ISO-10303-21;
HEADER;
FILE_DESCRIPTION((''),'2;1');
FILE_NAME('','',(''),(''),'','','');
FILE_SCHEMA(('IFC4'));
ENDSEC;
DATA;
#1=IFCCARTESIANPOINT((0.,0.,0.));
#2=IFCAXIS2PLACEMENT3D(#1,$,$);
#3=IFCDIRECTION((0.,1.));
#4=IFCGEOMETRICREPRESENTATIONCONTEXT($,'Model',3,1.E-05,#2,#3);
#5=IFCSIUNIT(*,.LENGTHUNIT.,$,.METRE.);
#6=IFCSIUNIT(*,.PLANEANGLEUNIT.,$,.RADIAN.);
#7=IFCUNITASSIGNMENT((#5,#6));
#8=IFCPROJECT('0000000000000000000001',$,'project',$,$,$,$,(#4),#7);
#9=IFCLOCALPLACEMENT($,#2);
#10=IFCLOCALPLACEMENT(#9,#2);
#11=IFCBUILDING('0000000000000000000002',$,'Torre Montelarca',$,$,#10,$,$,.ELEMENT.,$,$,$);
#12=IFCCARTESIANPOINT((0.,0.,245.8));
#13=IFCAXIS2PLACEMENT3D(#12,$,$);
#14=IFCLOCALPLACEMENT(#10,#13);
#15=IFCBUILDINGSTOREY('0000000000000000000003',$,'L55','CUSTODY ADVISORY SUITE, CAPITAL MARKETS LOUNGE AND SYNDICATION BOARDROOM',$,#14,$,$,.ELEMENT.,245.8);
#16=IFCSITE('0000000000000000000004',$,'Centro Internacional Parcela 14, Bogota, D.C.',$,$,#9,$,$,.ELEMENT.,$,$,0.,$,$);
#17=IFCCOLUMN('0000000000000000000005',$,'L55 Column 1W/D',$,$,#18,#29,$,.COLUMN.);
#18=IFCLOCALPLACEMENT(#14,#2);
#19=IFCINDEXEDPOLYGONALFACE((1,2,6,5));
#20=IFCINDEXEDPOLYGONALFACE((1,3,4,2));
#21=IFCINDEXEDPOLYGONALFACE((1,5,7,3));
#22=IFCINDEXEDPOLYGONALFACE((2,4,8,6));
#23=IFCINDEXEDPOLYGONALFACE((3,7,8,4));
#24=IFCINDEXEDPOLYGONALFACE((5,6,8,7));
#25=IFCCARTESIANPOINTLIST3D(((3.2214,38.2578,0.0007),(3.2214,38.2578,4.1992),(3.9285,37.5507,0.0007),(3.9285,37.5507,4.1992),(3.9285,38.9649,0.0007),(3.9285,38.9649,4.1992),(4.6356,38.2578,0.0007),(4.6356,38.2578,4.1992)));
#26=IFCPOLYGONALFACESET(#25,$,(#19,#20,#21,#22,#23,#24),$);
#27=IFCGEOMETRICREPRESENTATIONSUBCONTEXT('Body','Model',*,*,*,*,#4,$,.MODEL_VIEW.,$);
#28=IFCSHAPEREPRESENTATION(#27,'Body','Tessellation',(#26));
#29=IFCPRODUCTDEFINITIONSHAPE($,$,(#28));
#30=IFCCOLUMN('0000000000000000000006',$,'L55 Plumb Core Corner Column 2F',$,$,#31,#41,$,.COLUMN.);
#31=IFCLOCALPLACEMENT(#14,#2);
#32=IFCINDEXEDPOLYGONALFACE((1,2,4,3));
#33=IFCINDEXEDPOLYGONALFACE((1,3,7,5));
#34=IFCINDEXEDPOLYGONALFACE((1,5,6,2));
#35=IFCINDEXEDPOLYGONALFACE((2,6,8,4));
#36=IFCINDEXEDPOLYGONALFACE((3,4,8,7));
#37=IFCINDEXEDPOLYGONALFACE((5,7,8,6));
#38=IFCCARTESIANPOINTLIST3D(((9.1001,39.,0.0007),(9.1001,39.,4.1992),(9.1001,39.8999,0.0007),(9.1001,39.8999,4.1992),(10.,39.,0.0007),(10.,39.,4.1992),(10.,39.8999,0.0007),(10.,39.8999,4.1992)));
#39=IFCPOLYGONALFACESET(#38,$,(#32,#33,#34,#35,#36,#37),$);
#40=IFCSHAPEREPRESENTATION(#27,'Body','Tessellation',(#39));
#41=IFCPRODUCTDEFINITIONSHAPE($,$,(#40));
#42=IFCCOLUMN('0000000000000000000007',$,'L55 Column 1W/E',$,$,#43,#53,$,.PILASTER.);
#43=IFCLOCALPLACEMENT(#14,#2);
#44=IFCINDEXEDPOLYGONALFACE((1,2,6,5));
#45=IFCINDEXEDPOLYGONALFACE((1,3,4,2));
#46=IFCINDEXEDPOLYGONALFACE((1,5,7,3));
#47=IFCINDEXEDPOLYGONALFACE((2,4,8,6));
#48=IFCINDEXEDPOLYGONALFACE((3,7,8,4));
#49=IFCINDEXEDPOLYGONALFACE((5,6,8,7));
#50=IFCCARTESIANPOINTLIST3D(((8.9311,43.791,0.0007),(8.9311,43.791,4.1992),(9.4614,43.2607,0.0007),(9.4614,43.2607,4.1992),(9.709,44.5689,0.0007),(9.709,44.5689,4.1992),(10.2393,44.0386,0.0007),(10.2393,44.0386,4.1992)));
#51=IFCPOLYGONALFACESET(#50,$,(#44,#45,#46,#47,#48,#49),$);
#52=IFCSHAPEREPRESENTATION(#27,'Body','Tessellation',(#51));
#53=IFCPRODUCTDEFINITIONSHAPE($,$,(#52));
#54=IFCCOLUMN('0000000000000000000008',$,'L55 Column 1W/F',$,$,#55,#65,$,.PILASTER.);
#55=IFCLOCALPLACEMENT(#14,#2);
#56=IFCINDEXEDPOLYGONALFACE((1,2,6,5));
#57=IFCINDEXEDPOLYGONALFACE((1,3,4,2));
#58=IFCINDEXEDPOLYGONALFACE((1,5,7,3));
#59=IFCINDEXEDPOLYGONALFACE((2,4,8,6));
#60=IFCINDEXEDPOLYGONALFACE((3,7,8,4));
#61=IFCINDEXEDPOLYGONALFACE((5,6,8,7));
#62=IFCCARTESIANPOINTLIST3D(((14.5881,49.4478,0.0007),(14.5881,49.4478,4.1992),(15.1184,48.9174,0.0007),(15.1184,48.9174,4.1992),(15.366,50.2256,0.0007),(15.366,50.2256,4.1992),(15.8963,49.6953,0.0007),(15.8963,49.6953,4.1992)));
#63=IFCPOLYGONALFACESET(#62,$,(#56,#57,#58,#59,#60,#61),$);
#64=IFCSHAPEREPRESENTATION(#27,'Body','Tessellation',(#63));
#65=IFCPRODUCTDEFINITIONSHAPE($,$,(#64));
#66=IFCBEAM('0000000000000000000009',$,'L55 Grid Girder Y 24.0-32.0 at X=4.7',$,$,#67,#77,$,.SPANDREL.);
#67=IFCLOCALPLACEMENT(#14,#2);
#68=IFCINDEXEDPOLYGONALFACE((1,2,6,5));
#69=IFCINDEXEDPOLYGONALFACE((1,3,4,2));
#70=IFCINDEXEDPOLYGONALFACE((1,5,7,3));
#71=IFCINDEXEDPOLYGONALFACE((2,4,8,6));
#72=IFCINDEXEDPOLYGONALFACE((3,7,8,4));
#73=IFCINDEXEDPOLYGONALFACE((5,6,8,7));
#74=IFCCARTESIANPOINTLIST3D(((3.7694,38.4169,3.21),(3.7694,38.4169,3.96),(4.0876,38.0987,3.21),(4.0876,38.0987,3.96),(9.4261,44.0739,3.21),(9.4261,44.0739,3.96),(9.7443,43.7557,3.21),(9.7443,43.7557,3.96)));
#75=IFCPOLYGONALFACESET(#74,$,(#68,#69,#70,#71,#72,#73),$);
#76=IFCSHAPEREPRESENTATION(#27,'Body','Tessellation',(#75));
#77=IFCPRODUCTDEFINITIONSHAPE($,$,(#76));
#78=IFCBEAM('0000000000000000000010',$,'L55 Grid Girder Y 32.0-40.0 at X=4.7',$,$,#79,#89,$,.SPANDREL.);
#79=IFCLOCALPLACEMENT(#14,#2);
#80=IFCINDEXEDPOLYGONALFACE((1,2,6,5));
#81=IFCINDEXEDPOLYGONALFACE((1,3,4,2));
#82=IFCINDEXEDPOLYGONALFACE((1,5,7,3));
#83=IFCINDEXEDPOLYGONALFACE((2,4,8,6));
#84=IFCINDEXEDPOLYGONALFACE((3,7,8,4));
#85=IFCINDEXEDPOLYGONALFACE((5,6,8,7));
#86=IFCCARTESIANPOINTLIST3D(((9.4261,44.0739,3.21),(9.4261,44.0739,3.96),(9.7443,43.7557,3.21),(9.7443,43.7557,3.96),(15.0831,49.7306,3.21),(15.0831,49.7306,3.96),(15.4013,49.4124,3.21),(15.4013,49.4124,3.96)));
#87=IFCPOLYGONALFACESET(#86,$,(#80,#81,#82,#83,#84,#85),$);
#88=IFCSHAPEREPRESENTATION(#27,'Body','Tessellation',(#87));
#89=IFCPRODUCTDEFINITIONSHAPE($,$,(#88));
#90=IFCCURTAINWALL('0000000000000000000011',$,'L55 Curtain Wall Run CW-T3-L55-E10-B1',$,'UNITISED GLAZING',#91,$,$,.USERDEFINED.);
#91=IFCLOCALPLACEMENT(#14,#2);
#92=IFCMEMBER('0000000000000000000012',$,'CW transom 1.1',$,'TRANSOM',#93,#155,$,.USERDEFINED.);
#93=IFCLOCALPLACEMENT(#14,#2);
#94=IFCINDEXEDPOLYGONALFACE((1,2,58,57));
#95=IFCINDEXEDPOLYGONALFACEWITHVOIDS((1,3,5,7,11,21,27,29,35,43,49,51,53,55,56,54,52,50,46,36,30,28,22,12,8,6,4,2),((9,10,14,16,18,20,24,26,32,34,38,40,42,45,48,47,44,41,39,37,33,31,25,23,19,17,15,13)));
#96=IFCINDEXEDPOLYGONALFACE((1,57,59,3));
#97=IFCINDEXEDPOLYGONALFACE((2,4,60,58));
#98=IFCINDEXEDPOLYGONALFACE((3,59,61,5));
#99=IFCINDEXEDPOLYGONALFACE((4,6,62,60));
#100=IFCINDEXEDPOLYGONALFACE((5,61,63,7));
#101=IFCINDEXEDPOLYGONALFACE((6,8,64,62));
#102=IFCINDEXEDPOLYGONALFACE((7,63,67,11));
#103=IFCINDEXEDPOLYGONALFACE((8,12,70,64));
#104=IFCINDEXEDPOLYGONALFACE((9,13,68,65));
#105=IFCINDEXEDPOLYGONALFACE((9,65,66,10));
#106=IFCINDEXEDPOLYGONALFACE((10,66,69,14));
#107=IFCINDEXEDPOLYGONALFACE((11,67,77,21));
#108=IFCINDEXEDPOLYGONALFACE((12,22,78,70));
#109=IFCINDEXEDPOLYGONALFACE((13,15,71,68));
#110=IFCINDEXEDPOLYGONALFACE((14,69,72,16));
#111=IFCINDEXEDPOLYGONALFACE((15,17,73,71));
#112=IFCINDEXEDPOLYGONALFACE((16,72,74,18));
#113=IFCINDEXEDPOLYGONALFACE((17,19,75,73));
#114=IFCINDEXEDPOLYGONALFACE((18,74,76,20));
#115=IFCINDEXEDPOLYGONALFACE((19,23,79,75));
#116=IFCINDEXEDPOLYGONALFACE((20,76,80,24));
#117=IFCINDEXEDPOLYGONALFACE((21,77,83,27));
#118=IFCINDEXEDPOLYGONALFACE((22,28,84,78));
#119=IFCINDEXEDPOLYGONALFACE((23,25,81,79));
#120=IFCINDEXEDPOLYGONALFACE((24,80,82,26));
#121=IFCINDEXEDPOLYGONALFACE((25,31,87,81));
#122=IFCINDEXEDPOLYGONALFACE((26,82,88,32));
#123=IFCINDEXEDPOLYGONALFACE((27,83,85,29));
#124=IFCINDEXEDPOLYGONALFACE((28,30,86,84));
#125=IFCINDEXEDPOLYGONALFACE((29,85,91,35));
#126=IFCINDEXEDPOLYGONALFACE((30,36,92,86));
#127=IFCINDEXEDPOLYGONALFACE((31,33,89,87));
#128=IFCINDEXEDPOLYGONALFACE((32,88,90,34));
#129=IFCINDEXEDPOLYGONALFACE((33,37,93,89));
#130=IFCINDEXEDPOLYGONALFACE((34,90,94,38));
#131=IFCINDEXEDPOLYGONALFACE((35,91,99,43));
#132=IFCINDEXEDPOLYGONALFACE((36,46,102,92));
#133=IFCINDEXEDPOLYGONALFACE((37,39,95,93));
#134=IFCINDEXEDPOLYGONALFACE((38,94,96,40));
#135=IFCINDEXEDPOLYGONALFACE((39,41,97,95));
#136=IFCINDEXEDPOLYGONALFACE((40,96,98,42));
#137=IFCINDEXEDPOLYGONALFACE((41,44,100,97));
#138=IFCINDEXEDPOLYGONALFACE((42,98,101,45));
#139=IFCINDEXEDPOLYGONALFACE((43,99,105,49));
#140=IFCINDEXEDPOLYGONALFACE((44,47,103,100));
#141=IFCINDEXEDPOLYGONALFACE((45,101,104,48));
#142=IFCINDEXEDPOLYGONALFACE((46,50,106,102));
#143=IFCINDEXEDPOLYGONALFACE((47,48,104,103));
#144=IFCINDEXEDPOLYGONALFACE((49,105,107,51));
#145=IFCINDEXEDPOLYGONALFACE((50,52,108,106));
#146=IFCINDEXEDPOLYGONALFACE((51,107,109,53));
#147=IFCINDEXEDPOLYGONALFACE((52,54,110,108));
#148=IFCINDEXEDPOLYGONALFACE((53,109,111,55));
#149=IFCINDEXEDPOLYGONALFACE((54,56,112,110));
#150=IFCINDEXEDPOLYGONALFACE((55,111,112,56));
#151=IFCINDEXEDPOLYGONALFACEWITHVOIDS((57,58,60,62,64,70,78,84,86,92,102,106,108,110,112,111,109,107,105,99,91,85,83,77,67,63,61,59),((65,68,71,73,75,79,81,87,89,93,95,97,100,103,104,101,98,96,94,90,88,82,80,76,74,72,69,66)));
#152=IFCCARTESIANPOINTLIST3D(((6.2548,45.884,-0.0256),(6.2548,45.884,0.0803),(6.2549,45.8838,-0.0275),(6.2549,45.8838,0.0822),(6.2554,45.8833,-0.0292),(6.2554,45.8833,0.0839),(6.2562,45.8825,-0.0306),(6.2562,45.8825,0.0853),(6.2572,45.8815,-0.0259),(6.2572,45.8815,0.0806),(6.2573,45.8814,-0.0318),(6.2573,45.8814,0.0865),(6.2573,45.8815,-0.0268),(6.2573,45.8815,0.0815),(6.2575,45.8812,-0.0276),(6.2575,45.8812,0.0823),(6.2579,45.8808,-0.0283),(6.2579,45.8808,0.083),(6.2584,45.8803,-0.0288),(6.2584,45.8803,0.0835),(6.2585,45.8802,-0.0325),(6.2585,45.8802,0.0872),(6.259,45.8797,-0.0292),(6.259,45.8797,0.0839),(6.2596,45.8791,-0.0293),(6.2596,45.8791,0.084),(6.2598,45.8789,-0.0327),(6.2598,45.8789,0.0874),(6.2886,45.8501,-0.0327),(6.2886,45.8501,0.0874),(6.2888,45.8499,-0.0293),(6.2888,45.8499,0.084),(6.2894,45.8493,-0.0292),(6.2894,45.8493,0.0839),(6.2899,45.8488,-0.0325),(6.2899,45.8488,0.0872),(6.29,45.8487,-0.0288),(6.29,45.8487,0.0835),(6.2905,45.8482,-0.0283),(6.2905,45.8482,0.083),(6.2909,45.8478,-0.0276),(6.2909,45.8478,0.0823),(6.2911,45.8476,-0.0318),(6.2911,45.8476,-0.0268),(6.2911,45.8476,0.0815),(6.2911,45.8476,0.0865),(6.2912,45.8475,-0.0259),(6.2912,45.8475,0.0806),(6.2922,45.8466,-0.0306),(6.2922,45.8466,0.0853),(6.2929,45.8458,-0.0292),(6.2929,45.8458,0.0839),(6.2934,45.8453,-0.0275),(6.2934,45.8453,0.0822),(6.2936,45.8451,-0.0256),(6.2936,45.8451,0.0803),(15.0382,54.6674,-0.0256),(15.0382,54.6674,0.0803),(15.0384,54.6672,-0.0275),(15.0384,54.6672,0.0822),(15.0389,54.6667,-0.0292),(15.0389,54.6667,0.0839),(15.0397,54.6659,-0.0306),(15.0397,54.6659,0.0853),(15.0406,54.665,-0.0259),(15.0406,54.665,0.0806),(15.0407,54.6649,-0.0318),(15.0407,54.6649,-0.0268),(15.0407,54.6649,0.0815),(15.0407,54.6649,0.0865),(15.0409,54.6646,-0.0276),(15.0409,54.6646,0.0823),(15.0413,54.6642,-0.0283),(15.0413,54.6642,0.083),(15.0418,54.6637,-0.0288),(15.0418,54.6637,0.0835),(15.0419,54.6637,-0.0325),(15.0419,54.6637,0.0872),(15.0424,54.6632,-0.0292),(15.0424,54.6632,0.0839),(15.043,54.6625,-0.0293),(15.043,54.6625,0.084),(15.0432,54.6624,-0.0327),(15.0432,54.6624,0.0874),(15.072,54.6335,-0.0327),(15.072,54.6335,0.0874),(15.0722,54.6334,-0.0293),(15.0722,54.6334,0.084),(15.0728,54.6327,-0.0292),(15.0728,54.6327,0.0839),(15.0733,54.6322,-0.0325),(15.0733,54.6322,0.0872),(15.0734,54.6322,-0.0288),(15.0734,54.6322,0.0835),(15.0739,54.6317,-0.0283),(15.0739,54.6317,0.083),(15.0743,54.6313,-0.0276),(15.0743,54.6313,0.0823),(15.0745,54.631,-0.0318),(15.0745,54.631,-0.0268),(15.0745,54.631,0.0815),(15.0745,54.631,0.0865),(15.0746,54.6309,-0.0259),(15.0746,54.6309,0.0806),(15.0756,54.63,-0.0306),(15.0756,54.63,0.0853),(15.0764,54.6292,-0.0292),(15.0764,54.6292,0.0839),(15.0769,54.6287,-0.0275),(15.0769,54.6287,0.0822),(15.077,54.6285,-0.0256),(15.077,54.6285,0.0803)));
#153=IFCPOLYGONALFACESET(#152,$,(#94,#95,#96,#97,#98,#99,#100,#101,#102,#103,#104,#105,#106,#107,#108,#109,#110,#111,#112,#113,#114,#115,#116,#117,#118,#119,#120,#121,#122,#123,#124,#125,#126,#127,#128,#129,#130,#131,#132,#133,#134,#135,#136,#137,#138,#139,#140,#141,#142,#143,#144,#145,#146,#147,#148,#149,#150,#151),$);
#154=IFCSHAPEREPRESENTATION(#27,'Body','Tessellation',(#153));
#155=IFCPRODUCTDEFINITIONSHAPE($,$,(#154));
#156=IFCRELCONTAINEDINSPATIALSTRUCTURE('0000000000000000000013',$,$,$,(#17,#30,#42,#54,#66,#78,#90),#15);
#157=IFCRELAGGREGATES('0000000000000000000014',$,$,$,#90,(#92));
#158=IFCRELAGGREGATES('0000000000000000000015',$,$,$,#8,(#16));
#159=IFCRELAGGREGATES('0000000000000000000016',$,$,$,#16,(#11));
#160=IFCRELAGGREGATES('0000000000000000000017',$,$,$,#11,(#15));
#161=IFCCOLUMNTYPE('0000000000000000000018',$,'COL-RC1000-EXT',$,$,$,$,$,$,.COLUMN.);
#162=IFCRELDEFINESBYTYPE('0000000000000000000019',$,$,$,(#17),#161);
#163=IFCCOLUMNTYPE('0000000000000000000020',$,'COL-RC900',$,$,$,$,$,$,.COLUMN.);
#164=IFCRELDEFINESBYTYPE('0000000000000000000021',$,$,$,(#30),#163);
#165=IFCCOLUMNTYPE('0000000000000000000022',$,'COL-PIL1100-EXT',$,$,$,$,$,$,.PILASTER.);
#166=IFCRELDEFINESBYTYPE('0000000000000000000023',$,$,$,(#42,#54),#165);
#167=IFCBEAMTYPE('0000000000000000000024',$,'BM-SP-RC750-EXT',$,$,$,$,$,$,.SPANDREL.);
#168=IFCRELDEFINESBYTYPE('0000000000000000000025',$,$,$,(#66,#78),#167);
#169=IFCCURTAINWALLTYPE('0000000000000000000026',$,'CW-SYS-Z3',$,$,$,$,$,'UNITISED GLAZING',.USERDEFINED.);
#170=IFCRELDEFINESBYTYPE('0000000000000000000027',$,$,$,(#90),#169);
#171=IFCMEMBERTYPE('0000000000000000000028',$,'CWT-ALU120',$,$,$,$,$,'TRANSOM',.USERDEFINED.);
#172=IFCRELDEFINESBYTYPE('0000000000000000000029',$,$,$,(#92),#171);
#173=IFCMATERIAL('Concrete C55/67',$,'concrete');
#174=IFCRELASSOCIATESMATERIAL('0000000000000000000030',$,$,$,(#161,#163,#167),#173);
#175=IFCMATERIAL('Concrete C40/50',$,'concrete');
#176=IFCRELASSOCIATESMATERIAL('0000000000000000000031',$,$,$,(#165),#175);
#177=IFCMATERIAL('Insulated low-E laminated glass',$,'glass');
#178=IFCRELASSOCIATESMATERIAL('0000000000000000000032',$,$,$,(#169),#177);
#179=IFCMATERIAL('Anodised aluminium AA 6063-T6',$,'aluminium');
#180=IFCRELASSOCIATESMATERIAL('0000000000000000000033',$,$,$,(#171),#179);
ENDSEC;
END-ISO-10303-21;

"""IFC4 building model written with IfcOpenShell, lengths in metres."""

from ifc_helpers import new_model, si_unit, direction, frame, origin, origin_2d, place, context, subcontext, project, spatial, rectangle, hollow_rectangle, extrude, source, transform, mapped, material, material_profile, profile_set, type_object, element, aggregate, save


model = new_model("IFC4")

# Units and contexts
model_context = context("Model", 3, precision=1e-05, world=origin(), true_north=direction((0.0, 1.0)))
body_context = subcontext(model_context, "Body", "Model", "MODEL_VIEW")
ifc_project = project(units=[si_unit("LENGTHUNIT", "METRE"), si_unit("PLANEANGLEUNIT", "RADIAN")], contexts=[model_context])

# Site, building, storey
site_placement = place(None, origin())
site = spatial("IfcSite", under=ifc_project, at=site_placement, Name="Centro Internacional Parcela 14, Bogota, D.C.", CompositionType="ELEMENT", RefElevation=0.0)
building_placement = place(site_placement, origin())
building = spatial("IfcBuilding", under=site, at=building_placement, Name="Torre Montelarca", CompositionType="ELEMENT")
storey_placement = place(building_placement, frame((0.0, 0.0, 245.8)))
storey = spatial("IfcBuildingStorey", under=building, at=storey_placement, Name="L55", Description="CUSTODY ADVISORY SUITE, CAPITAL MARKETS LOUNGE AND SYNDICATION BOARDROOM", CompositionType="ELEMENT", Elevation=245.8)

# Columns
ifc_material_1 = material(Name="Concrete C55/67", Category="concrete")
ifc_material_profile_1 = material_profile(ifc_material_1, rectangle(XDim=1.0, YDim=1.0, at=origin_2d()), Name="RC1000X1000", Category="concrete")
ifc_profile_set_1 = profile_set([ifc_material_profile_1], Name="Concrete C55/67")
column_type_1 = type_object("IfcColumnType", Name="COL-RC1000-EXT", PredefinedType="COLUMN", material=ifc_profile_set_1)
shared_shape_1 = source(origin(), body_context, "Body", "SweptSolid", [
    extrude(rectangle(XDim=1.0, YDim=1.0, at=origin_2d()), origin(), (0.0, 0.0, 1.0), 4.1985),
])
column_1_placement = place(storey_placement, frame((3.9285, 38.2578, 0.0007), z_axis=(0.0, 0.0, 1.0), x_axis=(-0.707107, 0.707107, 0.0)))
element("IfcColumn", 1, at=column_1_placement, inside=storey, type_object=column_type_1, Name="L55 Column 1W/D", PredefinedType="COLUMN", context=body_context, shape_type="MappedRepresentation", body=[
    mapped(shared_shape_1, transform((0.0, 0.0, 0.0), scale=1.0)),
])
ifc_material_profile_2 = material_profile(ifc_material_1, rectangle(XDim=0.8999, YDim=0.8999, at=origin_2d()), Name="RC900X900", Category="concrete")
ifc_profile_set_2 = profile_set([ifc_material_profile_2], Name="Concrete C55/67")
column_type_2 = type_object("IfcColumnType", Name="COL-RC900", PredefinedType="COLUMN", material=ifc_profile_set_2)
shared_shape_2 = source(origin(), body_context, "Body", "SweptSolid", [
    extrude(rectangle(XDim=0.8999, YDim=0.8999, at=origin_2d()), origin(), (0.0, 0.0, 1.0), 4.1985),
])
column_2_placement = place(storey_placement, frame((9.55, 39.45, 0.0007), z_axis=(0.0, 0.0, 1.0), x_axis=(1.0, 0.0, 0.0)))
element("IfcColumn", 2, at=column_2_placement, inside=storey, type_object=column_type_2, Name="L55 Plumb Core Corner Column 2F", PredefinedType="COLUMN", context=body_context, shape_type="MappedRepresentation", body=[
    mapped(shared_shape_2, transform((0.0, 0.0, 0.0), scale=1.0)),
])
ifc_material_2 = material(Name="Concrete C40/50", Category="concrete")
ifc_material_profile_3 = material_profile(ifc_material_2, rectangle(XDim=0.75, YDim=1.1001, at=origin_2d()), Name="RC1100X750", Category="concrete")
ifc_profile_set_3 = profile_set([ifc_material_profile_3], Name="Concrete C40/50")
column_type_3 = type_object("IfcColumnType", Name="COL-PIL1100-EXT", PredefinedType="PILASTER", material=ifc_profile_set_3)
shared_shape_3 = source(origin(), body_context, "Body", "SweptSolid", [
    extrude(rectangle(XDim=0.75, YDim=1.1001, at=origin_2d()), origin(), (0.0, 0.0, 1.0), 4.1985),
])
for number, where, z_axis, x_axis, name in (
    (3, (9.5852, 43.9148, 0.0007), (0.0, 0.0, 1.0), (-0.707107, 0.707107, 0.0), "L55 Column 1W/E"),
    (4, (15.2422, 49.5715, 0.0007), (0.0, 0.0, 1.0), (-0.707107, 0.707107, 0.0), "L55 Column 1W/F"),
):
    element("IfcColumn", number, at=place(storey_placement, frame(where, z_axis=z_axis, x_axis=x_axis)), inside=storey, type_object=column_type_3, Name=name, PredefinedType="PILASTER", context=body_context, shape_type="MappedRepresentation", body=[
        mapped(shared_shape_3, transform((0.0, 0.0, 0.0), scale=1.0)),
    ])

# Beams
ifc_material_profile_4 = material_profile(ifc_material_1, rectangle(XDim=0.45, YDim=0.75, at=origin_2d()), Name="RCB450X750", Category="concrete")
ifc_profile_set_4 = profile_set([ifc_material_profile_4], Name="Concrete C55/67")
beam_type = type_object("IfcBeamType", Name="BM-SP-RC750-EXT", PredefinedType="SPANDREL", material=ifc_profile_set_4)
shared_shape_4 = source(origin(), body_context, "Body", "SweptSolid", [
    extrude(rectangle(XDim=0.45, YDim=0.75, at=origin_2d()), origin(), (0.0, 0.0, 1.0), 8.0),
])
for number, where, z_axis, x_axis, name in (
    (5, (3.9285, 38.2578, 3.585), (0.707092, 0.707122, 0.0), (-0.707122, 0.707092, 0.0), "L55 Grid Girder Y 24.0-32.0 at X=4.7"),
    (6, (9.5852, 43.9148, 3.585), (0.707122, 0.707092, 0.0), (-0.707092, 0.707122, 0.0), "L55 Grid Girder Y 32.0-40.0 at X=4.7"),
):
    element("IfcBeam", number, at=place(storey_placement, frame(where, z_axis=z_axis, x_axis=x_axis)), inside=storey, type_object=beam_type, Name=name, PredefinedType="SPANDREL", context=body_context, shape_type="MappedRepresentation", body=[
        mapped(shared_shape_4, transform((0.0, 0.0, 0.0), scale=1.0)),
    ])

# Curtain wall, member
ifc_material_3 = material(Name="Insulated low-E laminated glass", Category="glass")
curtain_wall_type = type_object("IfcCurtainWallType", Name="CW-SYS-Z3", ElementType="UNITISED GLAZING", PredefinedType="USERDEFINED", material=ifc_material_3)
curtain_wall_1_placement = place(storey_placement, origin())
curtain_wall_1 = element("IfcCurtainWall", 7, at=curtain_wall_1_placement, inside=storey, type_object=curtain_wall_type, Name="L55 Curtain Wall Run CW-T3-L55-E10-B1", ObjectType="UNITISED GLAZING", PredefinedType="USERDEFINED")
ifc_material_4 = material(Name="Anodised aluminium AA 6063-T6", Category="aluminium")
ifc_material_profile_5 = material_profile(ifc_material_4, hollow_rectangle(XDim=0.0549, YDim=0.1201, WallThickness=0.0034, InnerFilletRadius=0.0034, OuterFilletRadius=0.0071, at=origin_2d()), Name="ALU55X120X3.5", Category="aluminium")
ifc_profile_set_5 = profile_set([ifc_material_profile_5], Name="Anodised aluminium AA 6063-T6")
member_type_1 = type_object("IfcMemberType", Name="CWT-ALU120", ElementType="TRANSOM", PredefinedType="USERDEFINED", material=ifc_profile_set_5)
shared_shape_5 = source(origin(), body_context, "Body", "SweptSolid", [
    extrude(hollow_rectangle(XDim=0.0549, YDim=0.1201, WallThickness=0.0034, InnerFilletRadius=0.0034, OuterFilletRadius=0.0071, at=origin_2d()), origin(), (0.0, 0.0, 1.0), 12.4216),
])
member_1_placement = place(storey_placement, frame((15.0576, 54.6479, 0.0273), z_axis=(-0.707107, -0.707107, 0.0), x_axis=(0.707107, -0.707107, 0.0)))
member_1 = element("IfcMember", 8, at=member_1_placement, type_object=member_type_1, Name="CW transom 1.1", ObjectType="TRANSOM", PredefinedType="USERDEFINED", context=body_context, shape_type="MappedRepresentation", body=[
    mapped(shared_shape_5, transform((0.0, 0.0, 0.0), scale=1.0)),
])

aggregate(curtain_wall_1, [member_1])

save(model, "model.ifc")
